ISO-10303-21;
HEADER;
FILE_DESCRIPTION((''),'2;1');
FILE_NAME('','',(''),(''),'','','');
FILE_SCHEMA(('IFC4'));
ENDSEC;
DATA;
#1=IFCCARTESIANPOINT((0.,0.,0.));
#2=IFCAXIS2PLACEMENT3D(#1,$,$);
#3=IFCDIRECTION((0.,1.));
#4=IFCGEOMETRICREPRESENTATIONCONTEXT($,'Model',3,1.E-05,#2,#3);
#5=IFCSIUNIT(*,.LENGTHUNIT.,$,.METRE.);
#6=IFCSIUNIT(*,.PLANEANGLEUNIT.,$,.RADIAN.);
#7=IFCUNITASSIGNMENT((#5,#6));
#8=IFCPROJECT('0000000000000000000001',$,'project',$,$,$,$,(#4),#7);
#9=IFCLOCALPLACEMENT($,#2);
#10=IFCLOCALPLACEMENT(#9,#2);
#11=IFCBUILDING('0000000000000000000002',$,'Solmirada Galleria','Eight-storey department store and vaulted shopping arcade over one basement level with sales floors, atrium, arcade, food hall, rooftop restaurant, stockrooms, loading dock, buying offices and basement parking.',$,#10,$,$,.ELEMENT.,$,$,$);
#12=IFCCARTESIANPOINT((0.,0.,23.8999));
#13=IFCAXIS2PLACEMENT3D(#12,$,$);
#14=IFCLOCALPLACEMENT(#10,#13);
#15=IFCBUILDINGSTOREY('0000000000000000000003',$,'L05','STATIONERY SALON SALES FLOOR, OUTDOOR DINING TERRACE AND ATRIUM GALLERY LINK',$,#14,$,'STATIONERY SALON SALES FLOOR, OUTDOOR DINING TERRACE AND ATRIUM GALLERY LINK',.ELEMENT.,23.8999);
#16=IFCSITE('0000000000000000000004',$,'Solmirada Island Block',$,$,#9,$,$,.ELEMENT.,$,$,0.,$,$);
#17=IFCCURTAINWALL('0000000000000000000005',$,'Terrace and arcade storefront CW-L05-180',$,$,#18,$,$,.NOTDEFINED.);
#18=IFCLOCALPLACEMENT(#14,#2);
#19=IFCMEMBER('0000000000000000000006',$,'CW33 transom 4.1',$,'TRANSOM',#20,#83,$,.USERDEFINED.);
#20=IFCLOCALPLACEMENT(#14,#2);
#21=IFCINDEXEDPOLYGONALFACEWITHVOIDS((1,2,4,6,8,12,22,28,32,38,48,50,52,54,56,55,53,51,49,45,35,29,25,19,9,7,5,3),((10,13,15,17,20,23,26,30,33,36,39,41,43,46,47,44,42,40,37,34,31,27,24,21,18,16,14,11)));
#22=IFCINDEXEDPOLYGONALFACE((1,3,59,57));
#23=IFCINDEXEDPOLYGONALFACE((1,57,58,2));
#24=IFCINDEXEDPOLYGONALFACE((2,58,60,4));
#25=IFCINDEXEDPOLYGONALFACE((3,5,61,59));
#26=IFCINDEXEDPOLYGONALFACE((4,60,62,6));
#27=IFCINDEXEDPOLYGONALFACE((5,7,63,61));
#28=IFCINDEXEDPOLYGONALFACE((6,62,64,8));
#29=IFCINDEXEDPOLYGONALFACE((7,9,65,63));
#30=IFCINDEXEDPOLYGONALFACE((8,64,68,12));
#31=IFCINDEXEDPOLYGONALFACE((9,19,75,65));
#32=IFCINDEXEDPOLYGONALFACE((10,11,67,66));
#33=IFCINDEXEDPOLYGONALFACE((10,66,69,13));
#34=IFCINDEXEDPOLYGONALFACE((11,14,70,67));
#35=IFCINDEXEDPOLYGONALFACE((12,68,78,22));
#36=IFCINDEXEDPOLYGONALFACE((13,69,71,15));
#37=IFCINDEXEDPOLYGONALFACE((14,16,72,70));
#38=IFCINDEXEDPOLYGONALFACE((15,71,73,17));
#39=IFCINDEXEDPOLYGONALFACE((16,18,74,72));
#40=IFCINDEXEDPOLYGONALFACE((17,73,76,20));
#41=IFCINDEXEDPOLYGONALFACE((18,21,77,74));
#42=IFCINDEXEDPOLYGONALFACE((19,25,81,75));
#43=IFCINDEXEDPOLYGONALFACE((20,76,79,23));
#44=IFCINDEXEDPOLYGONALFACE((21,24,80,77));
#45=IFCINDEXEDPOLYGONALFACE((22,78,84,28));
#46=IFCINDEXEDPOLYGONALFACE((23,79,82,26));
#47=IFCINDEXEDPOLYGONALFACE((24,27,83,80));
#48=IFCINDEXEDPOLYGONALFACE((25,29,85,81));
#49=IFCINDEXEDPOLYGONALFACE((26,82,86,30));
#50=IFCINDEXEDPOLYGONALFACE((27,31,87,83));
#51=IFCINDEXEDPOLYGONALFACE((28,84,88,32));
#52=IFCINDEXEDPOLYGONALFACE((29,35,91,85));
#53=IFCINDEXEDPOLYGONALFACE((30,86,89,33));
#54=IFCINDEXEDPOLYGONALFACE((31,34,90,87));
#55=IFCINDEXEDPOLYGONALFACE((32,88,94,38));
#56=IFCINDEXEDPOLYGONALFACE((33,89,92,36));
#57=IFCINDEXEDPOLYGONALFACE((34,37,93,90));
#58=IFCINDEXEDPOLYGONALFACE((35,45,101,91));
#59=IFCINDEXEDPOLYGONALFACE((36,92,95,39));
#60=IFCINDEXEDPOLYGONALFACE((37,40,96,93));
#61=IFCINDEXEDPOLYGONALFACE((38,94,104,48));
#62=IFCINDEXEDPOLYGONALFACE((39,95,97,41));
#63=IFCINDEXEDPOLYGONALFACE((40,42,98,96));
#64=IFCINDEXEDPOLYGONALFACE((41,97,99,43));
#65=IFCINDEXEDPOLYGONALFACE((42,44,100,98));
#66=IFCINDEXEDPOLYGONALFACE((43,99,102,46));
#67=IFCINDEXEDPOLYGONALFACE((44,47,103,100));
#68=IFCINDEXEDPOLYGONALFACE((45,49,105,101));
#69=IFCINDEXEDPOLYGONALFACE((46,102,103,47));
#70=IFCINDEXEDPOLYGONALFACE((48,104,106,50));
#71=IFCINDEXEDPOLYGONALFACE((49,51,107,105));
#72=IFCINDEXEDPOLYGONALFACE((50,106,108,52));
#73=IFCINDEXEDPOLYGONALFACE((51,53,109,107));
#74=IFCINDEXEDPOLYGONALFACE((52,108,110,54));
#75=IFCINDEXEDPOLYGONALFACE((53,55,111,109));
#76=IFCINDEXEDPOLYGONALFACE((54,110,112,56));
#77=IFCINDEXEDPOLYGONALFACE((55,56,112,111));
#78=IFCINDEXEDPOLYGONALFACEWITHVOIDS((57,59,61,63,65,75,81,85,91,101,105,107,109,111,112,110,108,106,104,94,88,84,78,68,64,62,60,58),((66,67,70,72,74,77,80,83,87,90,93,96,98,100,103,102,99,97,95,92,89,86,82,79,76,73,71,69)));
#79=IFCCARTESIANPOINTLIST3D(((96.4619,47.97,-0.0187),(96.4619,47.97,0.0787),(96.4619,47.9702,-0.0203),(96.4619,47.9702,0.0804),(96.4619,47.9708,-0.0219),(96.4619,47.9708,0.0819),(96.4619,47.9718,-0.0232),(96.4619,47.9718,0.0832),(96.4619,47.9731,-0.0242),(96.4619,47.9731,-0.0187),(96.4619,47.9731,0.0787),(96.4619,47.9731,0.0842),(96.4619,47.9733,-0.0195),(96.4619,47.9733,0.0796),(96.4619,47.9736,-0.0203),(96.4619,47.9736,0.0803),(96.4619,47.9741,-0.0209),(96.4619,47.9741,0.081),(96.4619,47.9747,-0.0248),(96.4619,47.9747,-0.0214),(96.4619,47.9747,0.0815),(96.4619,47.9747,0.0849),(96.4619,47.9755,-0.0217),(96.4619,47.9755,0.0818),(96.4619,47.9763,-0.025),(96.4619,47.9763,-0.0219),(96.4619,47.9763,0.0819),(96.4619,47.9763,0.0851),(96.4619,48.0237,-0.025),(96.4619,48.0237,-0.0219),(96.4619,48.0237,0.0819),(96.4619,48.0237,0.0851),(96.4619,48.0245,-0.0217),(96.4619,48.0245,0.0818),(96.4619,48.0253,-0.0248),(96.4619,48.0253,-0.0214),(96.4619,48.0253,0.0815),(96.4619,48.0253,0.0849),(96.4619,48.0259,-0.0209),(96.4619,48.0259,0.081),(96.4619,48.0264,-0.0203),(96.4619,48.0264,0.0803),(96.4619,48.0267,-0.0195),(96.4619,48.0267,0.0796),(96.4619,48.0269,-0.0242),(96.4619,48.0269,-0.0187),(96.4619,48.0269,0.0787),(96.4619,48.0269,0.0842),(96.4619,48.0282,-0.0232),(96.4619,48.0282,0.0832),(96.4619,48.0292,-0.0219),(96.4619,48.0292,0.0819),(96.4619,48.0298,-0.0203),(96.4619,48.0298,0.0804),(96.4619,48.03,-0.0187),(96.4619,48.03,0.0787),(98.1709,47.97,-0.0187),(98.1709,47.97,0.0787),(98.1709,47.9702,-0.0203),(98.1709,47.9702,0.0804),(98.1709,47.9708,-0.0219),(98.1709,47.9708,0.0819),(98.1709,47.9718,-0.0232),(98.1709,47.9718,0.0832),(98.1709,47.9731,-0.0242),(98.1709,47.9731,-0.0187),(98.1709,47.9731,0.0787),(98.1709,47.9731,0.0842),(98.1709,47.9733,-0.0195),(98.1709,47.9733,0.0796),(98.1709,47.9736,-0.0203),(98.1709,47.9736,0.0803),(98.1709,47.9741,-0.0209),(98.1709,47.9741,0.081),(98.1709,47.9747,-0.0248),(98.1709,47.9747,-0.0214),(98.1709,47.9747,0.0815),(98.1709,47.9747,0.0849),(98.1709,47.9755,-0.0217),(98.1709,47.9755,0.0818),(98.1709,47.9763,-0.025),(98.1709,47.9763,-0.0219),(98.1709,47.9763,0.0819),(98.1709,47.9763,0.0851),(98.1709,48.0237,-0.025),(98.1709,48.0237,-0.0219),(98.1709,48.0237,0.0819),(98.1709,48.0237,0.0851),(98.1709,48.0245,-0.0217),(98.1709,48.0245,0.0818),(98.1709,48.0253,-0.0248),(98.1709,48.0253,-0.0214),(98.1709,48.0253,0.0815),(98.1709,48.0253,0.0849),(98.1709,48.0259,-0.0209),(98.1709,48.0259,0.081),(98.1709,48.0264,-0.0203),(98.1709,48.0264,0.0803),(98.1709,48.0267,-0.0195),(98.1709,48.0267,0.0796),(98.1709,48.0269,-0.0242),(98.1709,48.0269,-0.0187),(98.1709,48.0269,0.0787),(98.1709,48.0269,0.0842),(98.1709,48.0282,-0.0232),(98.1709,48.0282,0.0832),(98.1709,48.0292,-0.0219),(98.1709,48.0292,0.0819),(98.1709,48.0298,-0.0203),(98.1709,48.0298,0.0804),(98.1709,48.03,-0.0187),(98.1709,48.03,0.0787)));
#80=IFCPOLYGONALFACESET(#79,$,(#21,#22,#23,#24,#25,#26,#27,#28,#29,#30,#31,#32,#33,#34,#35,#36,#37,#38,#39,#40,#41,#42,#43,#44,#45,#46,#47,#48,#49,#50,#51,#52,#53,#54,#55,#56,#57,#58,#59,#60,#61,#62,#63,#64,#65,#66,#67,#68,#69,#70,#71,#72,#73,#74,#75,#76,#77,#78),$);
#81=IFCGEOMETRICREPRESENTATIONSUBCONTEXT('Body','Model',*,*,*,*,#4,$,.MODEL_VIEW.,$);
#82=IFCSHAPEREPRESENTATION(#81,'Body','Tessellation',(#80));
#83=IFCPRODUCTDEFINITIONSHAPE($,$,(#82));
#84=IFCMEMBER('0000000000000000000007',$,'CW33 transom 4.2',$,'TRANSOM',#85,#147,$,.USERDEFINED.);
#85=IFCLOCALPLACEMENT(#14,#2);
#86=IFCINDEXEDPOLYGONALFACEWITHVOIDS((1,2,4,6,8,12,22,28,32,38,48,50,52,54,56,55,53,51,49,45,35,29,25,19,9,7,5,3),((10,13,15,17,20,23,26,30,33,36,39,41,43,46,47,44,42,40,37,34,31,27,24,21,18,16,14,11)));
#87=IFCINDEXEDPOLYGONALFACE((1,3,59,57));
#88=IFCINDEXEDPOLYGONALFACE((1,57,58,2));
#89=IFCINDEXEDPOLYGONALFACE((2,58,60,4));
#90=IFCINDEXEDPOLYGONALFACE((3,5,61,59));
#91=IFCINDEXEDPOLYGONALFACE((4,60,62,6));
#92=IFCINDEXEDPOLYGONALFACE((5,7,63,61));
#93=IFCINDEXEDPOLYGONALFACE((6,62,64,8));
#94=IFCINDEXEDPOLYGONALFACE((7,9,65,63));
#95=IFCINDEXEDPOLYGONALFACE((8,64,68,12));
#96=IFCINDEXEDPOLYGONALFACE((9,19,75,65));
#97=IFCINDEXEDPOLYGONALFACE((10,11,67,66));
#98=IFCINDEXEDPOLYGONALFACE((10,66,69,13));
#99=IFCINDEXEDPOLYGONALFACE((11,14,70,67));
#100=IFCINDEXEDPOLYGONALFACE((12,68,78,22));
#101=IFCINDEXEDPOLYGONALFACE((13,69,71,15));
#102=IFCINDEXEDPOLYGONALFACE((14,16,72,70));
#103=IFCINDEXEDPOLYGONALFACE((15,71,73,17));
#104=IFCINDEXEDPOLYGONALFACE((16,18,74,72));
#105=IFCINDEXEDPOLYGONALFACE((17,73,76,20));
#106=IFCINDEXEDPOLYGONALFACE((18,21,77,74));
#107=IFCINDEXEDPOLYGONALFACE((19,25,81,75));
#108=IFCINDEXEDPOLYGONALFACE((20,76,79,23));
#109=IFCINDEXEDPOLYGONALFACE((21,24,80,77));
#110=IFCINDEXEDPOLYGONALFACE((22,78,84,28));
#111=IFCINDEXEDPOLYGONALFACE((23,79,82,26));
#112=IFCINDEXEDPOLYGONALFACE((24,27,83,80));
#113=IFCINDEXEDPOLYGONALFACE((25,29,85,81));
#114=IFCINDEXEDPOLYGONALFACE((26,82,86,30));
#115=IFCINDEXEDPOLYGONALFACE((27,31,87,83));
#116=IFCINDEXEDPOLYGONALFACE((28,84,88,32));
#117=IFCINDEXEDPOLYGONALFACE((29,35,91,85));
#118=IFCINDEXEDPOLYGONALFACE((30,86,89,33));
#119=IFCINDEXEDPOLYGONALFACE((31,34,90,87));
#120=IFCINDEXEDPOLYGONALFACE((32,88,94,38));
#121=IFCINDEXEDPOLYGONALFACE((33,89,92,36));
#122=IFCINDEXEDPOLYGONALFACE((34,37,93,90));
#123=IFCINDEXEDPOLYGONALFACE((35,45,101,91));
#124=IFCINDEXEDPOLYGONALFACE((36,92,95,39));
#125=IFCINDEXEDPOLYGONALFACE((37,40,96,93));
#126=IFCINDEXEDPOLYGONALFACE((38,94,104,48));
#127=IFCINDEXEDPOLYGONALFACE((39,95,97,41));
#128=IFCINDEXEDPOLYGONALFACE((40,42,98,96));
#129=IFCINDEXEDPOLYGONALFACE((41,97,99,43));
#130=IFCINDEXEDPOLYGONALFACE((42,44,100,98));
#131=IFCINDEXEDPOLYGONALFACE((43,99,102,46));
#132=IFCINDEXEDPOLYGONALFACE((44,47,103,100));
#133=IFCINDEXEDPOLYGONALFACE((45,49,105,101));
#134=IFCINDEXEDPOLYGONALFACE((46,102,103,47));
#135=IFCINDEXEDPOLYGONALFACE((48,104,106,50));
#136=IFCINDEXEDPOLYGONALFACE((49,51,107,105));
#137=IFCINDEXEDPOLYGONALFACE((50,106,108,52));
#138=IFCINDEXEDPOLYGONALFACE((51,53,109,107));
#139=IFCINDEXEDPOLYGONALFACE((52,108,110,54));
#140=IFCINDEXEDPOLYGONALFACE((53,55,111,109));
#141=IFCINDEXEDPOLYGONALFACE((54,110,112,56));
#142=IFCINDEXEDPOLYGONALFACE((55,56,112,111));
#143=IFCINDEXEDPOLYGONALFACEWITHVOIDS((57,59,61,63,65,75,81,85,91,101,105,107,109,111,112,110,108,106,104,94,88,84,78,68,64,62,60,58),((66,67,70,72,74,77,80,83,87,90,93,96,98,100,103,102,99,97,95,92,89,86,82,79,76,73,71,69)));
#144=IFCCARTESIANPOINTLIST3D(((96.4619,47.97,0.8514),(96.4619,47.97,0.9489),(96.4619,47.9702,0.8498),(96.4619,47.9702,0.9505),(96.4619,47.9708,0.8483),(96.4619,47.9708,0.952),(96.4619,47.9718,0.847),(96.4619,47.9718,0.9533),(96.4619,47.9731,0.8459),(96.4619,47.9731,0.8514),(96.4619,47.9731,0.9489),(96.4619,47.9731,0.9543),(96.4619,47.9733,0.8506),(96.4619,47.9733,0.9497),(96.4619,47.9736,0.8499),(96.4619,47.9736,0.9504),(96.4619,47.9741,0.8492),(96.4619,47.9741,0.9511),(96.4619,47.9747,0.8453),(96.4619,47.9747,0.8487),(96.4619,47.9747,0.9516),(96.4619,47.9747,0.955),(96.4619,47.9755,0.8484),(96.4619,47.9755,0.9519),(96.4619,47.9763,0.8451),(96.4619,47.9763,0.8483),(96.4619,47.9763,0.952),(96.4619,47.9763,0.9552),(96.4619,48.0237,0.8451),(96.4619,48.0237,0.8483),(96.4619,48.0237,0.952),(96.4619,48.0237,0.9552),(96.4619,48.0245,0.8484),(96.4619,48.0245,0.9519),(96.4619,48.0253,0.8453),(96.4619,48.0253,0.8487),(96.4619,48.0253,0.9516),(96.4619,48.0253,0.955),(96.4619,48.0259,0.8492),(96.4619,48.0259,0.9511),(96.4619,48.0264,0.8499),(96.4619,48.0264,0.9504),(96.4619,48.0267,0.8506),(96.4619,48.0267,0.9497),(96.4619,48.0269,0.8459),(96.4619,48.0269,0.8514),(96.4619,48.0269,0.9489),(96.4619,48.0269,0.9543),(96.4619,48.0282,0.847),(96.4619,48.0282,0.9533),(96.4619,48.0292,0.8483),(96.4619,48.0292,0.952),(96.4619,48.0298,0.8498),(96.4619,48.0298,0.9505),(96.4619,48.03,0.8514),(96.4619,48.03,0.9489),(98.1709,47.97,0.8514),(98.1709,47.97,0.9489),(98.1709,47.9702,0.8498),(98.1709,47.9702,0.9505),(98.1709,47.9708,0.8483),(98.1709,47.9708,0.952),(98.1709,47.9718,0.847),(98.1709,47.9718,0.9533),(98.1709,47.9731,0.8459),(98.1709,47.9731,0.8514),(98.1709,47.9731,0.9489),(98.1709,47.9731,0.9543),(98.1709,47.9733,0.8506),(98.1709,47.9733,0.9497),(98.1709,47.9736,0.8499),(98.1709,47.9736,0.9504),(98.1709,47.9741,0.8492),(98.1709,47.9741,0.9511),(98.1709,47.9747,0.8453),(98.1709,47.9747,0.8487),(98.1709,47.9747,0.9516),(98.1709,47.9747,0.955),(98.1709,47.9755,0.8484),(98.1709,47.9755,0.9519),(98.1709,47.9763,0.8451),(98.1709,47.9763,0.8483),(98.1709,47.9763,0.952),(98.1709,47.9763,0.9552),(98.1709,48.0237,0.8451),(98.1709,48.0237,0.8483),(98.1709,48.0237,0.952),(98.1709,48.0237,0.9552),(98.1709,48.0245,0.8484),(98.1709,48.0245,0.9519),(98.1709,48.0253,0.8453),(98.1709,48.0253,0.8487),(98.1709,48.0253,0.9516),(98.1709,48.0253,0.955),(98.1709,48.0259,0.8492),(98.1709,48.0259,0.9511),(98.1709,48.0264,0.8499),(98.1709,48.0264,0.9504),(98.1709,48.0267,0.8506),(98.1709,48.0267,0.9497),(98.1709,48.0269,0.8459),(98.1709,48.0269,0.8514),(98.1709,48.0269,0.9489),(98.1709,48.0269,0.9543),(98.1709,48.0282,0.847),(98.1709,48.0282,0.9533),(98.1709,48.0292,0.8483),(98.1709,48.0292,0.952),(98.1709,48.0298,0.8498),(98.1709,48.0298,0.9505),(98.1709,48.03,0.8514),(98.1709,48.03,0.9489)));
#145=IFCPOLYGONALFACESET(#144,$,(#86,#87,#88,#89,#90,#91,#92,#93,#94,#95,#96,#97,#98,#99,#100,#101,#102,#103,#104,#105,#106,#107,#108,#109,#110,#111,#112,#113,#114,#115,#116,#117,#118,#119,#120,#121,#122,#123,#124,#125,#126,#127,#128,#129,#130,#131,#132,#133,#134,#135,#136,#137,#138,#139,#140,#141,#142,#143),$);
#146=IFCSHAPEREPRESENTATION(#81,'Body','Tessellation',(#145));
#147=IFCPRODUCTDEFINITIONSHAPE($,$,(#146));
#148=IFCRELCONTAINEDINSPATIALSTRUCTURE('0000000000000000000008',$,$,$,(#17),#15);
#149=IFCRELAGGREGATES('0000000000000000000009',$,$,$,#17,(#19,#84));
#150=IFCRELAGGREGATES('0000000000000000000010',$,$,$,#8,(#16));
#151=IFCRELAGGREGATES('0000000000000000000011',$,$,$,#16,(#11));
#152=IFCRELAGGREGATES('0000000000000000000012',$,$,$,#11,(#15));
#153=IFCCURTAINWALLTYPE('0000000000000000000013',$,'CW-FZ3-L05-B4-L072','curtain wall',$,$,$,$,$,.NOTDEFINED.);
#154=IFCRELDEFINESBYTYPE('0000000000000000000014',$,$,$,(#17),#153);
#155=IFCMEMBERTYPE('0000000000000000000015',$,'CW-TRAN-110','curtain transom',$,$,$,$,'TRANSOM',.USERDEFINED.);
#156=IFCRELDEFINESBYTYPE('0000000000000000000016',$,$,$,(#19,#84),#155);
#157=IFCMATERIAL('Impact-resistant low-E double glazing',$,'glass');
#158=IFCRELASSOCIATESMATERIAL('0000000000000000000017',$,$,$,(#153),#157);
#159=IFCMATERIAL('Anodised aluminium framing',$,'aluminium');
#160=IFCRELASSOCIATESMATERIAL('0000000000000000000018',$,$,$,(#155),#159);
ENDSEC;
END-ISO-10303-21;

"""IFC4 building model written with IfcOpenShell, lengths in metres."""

from ifc_helpers import new_model, si_unit, direction, frame, origin, origin_2d, place, context, subcontext, project, spatial, hollow_rectangle, extrude, material, material_profile, profile_set, type_object, element, aggregate, save


model = new_model("IFC4")

# Units and contexts
model_context = context("Model", 3, precision=1e-05, world=origin(), true_north=direction((0.0, 1.0)))
body_context = subcontext(model_context, "Body", "Model", "MODEL_VIEW")
ifc_project = project(units=[si_unit("LENGTHUNIT", "METRE"), si_unit("PLANEANGLEUNIT", "RADIAN")], contexts=[model_context])

# Site, building, storey
site_placement = place(None, origin())
site = spatial("IfcSite", under=ifc_project, at=site_placement, Name="Solmirada Island Block", CompositionType="ELEMENT", RefElevation=0.0)
building_placement = place(site_placement, origin())
building = spatial("IfcBuilding", under=site, at=building_placement, Name="Solmirada Galleria", Description="Eight-storey department store and vaulted shopping arcade over one basement level with sales floors, atrium, arcade, food hall, rooftop restaurant, stockrooms, loading dock, buying offices and basement parking.", CompositionType="ELEMENT")
storey_placement = place(building_placement, frame((0.0, 0.0, 23.8999)))
storey = spatial("IfcBuildingStorey", under=building, at=storey_placement, Name="L05", Description="STATIONERY SALON SALES FLOOR, OUTDOOR DINING TERRACE AND ATRIUM GALLERY LINK", LongName="STATIONERY SALON SALES FLOOR, OUTDOOR DINING TERRACE AND ATRIUM GALLERY LINK", CompositionType="ELEMENT", Elevation=23.8999)

# Shared definitions
ifc_material_1 = material(Name="Impact-resistant low-E double glazing", Category="glass")
curtain_wall_type = type_object("IfcCurtainWallType", Name="CW-FZ3-L05-B4-L072", Description="curtain wall", PredefinedType="NOTDEFINED", material=ifc_material_1)
ifc_material_2 = material(Name="Anodised aluminium framing", Category="aluminium")

# Curtain wall, members
curtain_wall_1_placement = place(storey_placement, origin())
curtain_wall_1 = element("IfcCurtainWall", 1, at=curtain_wall_1_placement, inside=storey, type_object=curtain_wall_type, Name="Terrace and arcade storefront CW-L05-180", PredefinedType="NOTDEFINED")
ifc_material_profile_1 = material_profile(ifc_material_2, hollow_rectangle(XDim=0.0601, YDim=0.1101, WallThickness=0.0032, InnerFilletRadius=0.0032, OuterFilletRadius=0.0063, at=origin_2d()), Name="ALU-TRAN-110X60")
ifc_profile_set_1 = profile_set([ifc_material_profile_1], Name="Anodised aluminium framing")
member_type_1 = type_object("IfcMemberType", Name="CW-TRAN-110", Description="curtain transom", ElementType="TRANSOM", PredefinedType="USERDEFINED", material=ifc_profile_set_1)
member_1_placement = place(storey_placement, frame((98.1709, 48.0, 0.03), z_axis=(-1.0, 0.0, 0.0), x_axis=(0.0, -1.0, 0.0)))
member_1 = element("IfcMember", 2, at=member_1_placement, type_object=member_type_1, Name="CW33 transom 4.1", ObjectType="TRANSOM", PredefinedType="USERDEFINED", context=body_context, shape_type="SweptSolid", body=[
    extrude(hollow_rectangle(XDim=0.0601, YDim=0.1101, WallThickness=0.0032, InnerFilletRadius=0.0032, OuterFilletRadius=0.0063, at=origin_2d()), origin(), (0.0, 0.0, 1.0), 1.709),
])
member_2_placement = place(storey_placement, frame((98.1709, 48.0, 0.9001), z_axis=(-1.0, 0.0, 0.0), x_axis=(0.0, -1.0, 0.0)))
member_2 = element("IfcMember", 3, at=member_2_placement, type_object=member_type_1, Name="CW33 transom 4.2", ObjectType="TRANSOM", PredefinedType="USERDEFINED", context=body_context, shape_type="SweptSolid", body=[
    extrude(hollow_rectangle(XDim=0.0601, YDim=0.1101, WallThickness=0.0032, InnerFilletRadius=0.0032, OuterFilletRadius=0.0063, at=origin_2d()), origin(), (0.0, 0.0, 1.0), 1.709),
])
aggregate(curtain_wall_1, [member_1, member_2])

save(model, "model.ifc")
